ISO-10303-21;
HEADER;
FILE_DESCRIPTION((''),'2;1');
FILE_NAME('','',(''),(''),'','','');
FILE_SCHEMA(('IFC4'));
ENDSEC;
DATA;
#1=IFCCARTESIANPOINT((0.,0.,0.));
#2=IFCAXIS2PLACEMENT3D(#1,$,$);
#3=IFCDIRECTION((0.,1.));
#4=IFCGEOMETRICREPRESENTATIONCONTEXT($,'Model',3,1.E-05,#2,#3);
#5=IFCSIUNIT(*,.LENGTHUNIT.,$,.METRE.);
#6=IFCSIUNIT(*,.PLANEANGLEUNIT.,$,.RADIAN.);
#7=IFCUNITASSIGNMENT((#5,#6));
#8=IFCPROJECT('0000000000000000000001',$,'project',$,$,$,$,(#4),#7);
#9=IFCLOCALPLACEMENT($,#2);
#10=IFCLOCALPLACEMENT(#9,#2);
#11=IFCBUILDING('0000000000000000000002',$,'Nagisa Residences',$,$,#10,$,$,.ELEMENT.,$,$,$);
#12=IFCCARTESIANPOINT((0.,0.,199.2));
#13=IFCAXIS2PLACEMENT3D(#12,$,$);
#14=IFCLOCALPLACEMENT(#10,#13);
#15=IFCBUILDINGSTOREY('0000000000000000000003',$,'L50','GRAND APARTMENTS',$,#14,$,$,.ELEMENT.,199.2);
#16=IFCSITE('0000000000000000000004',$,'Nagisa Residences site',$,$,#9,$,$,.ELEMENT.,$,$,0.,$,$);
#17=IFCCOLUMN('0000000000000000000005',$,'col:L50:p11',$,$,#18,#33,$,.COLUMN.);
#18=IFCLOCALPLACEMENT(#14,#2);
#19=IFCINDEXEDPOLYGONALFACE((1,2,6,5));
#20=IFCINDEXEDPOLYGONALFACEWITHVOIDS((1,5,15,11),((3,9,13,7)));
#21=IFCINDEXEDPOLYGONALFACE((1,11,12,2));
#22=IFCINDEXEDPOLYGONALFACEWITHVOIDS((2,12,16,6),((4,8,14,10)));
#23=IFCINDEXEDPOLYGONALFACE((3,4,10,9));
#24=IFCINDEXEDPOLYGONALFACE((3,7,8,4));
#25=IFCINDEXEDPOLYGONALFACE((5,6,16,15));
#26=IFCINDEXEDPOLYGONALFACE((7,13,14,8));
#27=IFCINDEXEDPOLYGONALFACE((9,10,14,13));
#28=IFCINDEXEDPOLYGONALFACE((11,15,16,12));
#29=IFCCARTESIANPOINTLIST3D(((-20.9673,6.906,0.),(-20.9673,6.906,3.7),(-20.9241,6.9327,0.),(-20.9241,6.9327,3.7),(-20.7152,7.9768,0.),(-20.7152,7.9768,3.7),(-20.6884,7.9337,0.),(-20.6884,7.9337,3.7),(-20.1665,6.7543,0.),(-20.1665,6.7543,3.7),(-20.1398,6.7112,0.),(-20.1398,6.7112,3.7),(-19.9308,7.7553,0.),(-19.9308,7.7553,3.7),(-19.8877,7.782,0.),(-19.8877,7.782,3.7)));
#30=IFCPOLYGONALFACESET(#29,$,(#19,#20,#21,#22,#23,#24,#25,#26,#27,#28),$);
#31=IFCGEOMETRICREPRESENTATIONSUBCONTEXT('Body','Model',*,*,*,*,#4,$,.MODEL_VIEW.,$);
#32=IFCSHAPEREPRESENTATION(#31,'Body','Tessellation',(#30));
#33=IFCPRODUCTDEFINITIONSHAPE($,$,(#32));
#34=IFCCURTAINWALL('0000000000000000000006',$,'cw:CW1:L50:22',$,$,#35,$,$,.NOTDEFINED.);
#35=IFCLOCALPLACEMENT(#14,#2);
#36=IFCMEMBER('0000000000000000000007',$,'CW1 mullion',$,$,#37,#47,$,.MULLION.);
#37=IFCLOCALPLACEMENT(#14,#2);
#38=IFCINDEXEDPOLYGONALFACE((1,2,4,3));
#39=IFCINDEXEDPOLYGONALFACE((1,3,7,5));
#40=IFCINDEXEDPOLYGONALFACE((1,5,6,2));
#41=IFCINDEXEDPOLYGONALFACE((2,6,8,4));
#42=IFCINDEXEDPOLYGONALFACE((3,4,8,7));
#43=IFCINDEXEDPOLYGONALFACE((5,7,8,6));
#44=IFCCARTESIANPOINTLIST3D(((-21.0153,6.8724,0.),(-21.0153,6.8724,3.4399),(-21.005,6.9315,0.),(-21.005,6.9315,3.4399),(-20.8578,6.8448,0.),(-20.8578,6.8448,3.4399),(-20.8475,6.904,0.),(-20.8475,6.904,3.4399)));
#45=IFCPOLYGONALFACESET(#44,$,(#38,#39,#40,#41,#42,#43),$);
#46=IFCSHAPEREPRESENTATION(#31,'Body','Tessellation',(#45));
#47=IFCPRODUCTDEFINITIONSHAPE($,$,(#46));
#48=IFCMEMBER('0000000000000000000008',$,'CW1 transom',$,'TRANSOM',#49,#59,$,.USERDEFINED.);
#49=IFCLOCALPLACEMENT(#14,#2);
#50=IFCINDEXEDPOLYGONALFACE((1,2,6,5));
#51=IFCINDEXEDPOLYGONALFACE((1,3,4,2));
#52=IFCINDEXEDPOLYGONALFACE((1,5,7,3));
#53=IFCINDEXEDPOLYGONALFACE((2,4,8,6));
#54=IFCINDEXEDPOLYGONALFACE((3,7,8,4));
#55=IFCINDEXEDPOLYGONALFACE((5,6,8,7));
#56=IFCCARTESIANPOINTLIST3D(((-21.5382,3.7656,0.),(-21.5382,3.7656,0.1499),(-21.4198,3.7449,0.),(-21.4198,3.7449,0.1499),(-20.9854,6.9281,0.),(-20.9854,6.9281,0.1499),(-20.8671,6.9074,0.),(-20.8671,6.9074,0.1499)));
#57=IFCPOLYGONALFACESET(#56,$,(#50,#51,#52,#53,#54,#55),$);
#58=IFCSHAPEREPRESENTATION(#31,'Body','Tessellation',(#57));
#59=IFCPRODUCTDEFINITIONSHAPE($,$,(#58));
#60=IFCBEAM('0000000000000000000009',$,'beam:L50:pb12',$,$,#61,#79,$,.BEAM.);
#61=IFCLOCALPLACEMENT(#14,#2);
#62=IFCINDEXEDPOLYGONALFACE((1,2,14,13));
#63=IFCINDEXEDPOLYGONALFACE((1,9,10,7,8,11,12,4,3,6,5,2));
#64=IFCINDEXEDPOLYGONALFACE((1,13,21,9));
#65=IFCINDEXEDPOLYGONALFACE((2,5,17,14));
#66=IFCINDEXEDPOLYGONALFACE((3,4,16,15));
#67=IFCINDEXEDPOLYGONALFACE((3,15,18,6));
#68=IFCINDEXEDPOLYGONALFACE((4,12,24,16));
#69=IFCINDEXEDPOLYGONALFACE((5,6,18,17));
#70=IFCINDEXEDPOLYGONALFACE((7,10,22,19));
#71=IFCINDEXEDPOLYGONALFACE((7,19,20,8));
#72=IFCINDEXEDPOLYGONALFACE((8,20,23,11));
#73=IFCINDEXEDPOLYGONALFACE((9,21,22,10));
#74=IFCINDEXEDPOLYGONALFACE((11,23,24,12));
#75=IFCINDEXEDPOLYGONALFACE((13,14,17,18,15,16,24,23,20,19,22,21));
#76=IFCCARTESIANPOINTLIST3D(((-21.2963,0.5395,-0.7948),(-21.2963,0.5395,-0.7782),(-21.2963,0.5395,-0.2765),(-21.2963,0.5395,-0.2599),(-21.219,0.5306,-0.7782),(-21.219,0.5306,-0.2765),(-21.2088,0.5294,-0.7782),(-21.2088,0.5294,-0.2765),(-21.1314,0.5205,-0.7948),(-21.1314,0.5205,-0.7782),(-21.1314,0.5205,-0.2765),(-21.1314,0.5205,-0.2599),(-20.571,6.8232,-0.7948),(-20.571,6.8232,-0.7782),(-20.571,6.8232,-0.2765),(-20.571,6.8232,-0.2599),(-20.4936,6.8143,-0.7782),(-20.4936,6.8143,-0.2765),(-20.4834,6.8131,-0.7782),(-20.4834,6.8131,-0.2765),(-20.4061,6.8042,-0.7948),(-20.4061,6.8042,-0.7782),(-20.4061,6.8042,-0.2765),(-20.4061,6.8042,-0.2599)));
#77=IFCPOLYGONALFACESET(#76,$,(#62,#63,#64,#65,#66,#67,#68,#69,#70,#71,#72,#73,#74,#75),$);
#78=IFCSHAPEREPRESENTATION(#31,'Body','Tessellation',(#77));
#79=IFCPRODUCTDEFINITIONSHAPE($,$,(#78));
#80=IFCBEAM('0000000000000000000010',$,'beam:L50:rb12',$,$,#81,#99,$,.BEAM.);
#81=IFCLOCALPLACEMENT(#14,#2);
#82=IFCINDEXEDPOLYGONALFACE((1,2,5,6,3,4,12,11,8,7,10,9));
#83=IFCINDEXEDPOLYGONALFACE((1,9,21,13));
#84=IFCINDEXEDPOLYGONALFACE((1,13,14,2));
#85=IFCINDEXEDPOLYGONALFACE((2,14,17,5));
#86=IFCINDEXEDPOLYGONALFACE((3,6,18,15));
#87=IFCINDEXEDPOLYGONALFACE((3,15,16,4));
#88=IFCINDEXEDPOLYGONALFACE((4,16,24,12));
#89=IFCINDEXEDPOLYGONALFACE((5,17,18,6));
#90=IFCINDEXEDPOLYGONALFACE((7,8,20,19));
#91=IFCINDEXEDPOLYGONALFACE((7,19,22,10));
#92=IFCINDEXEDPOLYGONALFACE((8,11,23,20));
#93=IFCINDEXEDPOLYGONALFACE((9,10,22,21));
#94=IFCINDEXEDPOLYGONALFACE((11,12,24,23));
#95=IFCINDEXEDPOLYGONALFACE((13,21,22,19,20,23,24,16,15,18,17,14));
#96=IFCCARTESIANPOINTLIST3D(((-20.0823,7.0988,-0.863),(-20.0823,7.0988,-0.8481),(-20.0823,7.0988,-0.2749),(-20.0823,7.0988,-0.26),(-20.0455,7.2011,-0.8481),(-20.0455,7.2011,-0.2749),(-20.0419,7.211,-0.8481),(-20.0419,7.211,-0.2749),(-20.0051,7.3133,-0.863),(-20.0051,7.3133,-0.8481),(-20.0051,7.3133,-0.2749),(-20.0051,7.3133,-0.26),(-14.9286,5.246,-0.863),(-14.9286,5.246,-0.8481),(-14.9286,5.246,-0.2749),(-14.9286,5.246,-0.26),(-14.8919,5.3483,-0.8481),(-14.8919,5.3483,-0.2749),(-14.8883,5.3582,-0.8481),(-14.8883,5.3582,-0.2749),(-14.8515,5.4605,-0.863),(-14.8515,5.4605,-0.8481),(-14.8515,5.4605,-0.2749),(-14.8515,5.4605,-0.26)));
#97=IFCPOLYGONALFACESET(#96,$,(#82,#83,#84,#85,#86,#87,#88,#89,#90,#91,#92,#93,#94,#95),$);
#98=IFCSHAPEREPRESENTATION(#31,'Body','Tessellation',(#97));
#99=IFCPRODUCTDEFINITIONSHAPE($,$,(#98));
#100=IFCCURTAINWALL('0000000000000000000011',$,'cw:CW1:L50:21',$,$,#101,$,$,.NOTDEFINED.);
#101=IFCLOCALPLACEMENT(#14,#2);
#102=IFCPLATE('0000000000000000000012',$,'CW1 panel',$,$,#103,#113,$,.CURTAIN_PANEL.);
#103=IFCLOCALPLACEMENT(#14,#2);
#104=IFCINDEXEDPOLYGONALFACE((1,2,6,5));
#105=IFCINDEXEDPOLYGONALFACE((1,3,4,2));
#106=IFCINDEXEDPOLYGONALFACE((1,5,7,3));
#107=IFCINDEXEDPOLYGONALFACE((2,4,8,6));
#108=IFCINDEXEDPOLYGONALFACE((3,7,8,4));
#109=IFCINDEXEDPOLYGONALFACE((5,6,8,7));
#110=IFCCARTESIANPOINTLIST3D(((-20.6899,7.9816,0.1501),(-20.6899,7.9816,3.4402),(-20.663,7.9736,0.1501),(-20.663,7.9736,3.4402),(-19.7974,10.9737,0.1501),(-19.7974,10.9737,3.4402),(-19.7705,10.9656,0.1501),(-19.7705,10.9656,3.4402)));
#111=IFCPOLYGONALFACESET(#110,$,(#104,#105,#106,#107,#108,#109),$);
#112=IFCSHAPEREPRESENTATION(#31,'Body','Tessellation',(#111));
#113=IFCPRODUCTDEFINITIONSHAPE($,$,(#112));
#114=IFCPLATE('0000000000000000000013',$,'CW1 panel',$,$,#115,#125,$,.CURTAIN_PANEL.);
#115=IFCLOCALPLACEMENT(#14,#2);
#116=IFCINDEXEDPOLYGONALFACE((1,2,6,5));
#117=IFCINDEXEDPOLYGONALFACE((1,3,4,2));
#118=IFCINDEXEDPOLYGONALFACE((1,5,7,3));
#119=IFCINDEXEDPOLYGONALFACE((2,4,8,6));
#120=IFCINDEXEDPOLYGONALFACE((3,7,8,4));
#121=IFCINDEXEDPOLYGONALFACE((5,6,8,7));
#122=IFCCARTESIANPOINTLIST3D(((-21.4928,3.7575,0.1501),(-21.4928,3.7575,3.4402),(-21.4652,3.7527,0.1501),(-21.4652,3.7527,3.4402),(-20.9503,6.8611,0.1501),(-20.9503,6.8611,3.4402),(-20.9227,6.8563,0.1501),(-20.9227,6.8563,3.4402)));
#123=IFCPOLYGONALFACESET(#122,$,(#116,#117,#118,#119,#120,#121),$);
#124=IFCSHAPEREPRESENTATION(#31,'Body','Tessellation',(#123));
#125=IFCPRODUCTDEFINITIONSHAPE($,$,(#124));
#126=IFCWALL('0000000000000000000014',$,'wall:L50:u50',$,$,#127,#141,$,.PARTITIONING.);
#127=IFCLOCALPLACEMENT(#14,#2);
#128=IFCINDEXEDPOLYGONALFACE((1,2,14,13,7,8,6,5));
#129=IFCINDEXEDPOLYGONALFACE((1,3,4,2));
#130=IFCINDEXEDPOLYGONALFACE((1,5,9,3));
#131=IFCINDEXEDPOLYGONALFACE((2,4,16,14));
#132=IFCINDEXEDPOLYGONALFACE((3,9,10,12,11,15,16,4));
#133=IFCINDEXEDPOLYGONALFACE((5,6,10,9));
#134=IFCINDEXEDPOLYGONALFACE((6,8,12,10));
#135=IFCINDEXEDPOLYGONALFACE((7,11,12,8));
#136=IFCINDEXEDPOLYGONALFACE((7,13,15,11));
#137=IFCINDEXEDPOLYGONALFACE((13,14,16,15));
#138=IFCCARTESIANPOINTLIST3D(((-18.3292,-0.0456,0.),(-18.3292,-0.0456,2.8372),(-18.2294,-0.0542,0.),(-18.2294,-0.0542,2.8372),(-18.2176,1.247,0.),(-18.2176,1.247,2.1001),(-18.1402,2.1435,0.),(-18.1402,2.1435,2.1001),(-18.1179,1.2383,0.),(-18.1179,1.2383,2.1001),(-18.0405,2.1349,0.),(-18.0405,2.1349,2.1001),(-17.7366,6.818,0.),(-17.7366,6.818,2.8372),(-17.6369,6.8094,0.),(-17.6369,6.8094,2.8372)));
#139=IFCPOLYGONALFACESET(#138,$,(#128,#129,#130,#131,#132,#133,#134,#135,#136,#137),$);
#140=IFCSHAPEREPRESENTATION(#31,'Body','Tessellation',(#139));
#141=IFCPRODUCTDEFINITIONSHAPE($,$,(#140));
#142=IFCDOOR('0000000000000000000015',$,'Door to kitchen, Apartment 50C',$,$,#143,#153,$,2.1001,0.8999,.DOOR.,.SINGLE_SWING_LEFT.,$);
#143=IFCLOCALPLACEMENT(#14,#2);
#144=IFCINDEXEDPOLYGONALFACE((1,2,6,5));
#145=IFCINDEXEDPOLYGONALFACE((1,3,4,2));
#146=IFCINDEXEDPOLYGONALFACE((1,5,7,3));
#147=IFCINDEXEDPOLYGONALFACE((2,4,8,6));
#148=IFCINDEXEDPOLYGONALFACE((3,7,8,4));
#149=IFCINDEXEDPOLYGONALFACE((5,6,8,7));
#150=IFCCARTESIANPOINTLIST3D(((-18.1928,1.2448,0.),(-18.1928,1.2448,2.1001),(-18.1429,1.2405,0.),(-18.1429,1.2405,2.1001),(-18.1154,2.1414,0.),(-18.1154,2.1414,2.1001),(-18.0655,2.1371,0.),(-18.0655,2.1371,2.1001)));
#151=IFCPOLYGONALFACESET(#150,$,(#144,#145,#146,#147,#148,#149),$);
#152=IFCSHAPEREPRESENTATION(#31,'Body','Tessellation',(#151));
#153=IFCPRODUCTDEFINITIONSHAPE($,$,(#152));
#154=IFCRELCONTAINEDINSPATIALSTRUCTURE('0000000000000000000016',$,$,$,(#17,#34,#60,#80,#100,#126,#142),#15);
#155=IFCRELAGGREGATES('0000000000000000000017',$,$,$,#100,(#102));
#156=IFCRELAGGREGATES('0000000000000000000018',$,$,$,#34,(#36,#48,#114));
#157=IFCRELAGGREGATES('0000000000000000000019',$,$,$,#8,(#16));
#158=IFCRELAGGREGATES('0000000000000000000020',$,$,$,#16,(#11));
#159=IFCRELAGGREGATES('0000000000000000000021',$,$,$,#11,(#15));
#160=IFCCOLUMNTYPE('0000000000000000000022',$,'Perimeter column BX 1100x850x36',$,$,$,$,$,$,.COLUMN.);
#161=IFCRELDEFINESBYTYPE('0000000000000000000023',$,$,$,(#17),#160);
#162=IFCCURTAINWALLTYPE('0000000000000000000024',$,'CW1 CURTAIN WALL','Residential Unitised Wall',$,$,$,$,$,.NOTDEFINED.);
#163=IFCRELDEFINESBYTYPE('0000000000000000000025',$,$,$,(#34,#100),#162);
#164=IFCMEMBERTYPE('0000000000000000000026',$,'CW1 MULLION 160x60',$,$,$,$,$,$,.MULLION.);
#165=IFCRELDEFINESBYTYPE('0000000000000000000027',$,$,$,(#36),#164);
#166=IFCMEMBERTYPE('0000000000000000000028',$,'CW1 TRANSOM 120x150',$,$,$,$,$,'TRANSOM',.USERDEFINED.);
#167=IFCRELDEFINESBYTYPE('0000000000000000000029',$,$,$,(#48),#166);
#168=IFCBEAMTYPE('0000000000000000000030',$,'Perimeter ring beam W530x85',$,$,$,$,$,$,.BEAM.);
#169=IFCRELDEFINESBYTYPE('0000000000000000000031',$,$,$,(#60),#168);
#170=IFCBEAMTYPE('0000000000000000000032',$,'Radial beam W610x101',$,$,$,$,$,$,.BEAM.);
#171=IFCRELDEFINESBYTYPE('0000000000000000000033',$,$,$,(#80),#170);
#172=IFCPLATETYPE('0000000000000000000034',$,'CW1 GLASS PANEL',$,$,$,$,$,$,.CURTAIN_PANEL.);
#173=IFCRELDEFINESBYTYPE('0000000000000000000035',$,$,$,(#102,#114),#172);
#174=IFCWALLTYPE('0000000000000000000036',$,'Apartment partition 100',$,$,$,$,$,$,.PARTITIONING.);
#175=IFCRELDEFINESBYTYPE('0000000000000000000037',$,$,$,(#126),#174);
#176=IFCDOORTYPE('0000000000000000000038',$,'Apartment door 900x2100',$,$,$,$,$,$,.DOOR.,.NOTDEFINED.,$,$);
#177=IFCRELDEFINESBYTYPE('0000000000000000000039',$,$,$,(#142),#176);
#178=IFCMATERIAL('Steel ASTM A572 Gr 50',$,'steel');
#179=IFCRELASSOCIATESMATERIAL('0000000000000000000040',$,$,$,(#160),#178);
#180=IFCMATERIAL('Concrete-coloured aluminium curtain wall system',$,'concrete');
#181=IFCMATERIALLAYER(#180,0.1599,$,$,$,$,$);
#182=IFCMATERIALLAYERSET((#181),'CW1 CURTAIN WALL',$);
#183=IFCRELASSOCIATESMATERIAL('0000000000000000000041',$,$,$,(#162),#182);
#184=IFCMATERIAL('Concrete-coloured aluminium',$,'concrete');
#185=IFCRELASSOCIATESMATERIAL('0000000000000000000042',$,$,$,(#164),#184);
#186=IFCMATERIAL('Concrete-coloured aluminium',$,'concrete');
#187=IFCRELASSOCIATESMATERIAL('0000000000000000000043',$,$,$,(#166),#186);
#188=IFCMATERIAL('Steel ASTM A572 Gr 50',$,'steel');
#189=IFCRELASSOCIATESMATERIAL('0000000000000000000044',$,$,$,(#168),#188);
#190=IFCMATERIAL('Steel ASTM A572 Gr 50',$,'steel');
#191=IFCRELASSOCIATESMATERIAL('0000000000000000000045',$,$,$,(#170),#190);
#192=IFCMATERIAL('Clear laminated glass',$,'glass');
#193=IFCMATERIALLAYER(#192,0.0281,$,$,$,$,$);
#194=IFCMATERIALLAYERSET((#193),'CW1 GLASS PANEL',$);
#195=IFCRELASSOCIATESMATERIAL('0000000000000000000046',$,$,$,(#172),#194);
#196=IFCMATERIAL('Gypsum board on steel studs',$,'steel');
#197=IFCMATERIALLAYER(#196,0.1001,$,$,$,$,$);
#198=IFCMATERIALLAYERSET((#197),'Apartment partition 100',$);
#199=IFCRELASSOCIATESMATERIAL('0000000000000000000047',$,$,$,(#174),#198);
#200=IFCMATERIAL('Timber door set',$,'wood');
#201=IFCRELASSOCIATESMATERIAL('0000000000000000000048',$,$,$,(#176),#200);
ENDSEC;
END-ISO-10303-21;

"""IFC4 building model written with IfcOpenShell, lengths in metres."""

from ifc_helpers import new_model, si_unit, direction, frame, frame_2d, origin, origin_2d, place, context, subcontext, project, spatial, rectangle, hollow_rectangle, i_section, extrude, material, layer, layer_set, material_profile, profile_set, type_object, element, fill, aggregate, save


model = new_model("IFC4")

# Units and contexts
model_context = context("Model", 3, precision=1e-05, world=origin(), true_north=direction((0.0, 1.0)))
body_context = subcontext(model_context, "Body", "Model", "MODEL_VIEW")
ifc_project = project(units=[si_unit("LENGTHUNIT", "METRE"), si_unit("PLANEANGLEUNIT", "RADIAN")], contexts=[model_context])

# Site, building, storey
site_placement = place(None, origin())
site = spatial("IfcSite", under=ifc_project, at=site_placement, Name="Nagisa Residences site", CompositionType="ELEMENT", RefElevation=0.0)
building_placement = place(site_placement, origin())
building = spatial("IfcBuilding", under=site, at=building_placement, Name="Nagisa Residences", CompositionType="ELEMENT")
storey_placement = place(building_placement, frame((0.0, 0.0, 199.2)))
storey = spatial("IfcBuildingStorey", under=building, at=storey_placement, Name="L50", Description="GRAND APARTMENTS", CompositionType="ELEMENT", Elevation=199.2)

# Column
ifc_material_1 = material(Name="Steel ASTM A572 Gr 50", Category="steel")
ifc_material_profile_1 = material_profile(ifc_material_1, hollow_rectangle(XDim=1.1001, YDim=0.8501, WallThickness=0.0359, at=origin_2d()), Name="BX 1100x850x36")
ifc_profile_set_1 = profile_set([ifc_material_profile_1], Name="Steel ASTM A572 Gr 50")
column_type = type_object("IfcColumnType", Name="Perimeter column BX 1100x850x36", PredefinedType="COLUMN", material=ifc_profile_set_1)
column_placement = place(storey_placement, frame((-20.4275, 7.344, 0.0), z_axis=(0.0, 0.0, 1.0), x_axis=(-0.229202, -0.973379, 0.0)))
element("IfcColumn", 1, at=column_placement, inside=storey, type_object=column_type, Name="col:L50:p11", PredefinedType="COLUMN", context=body_context, shape_type="SweptSolid", body=[
    extrude(hollow_rectangle(XDim=1.1001, YDim=0.8501, WallThickness=0.0359, at=origin_2d()), origin(), (0.0, 0.0, 1.0), 3.7),
])

# Curtain wall, members
ifc_material_2 = material(Name="Concrete-coloured aluminium curtain wall system", Category="concrete")
ifc_layer_1 = layer(ifc_material_2, 0.1599)
ifc_layer_set_1 = layer_set([ifc_layer_1], Name="CW1 CURTAIN WALL")
curtain_wall_type = type_object("IfcCurtainWallType", Name="CW1 CURTAIN WALL", Description="Residential Unitised Wall", PredefinedType="NOTDEFINED", material=ifc_layer_set_1)
curtain_wall_1_placement = place(storey_placement, origin())
curtain_wall_1 = element("IfcCurtainWall", 2, at=curtain_wall_1_placement, inside=storey, type_object=curtain_wall_type, Name="cw:CW1:L50:22", PredefinedType="NOTDEFINED")
ifc_material_3 = material(Name="Concrete-coloured aluminium", Category="concrete")
ifc_material_profile_2 = material_profile(ifc_material_3, rectangle(XDim=0.1599, YDim=0.0601, at=origin_2d()), Name="CW1 MULLION 160x60")
ifc_profile_set_2 = profile_set([ifc_material_profile_2], Name="Concrete-coloured aluminium")
member_type_1 = type_object("IfcMemberType", Name="CW1 MULLION 160x60", PredefinedType="MULLION", material=ifc_profile_set_2)
member_1_placement = place(storey_placement, frame((-20.9314, 6.8882, 0.0), z_axis=(0.0, 0.0, 1.0), x_axis=(0.985064, -0.172191, 0.0)))
member_1 = element("IfcMember", 3, at=member_1_placement, type_object=member_type_1, Name="CW1 mullion", PredefinedType="MULLION", context=body_context, shape_type="SweptSolid", body=[
    extrude(rectangle(XDim=0.1599, YDim=0.0601, at=origin_2d()), origin(), (0.0, 0.0, 1.0), 3.4399),
])
ifc_material_4 = material(Name="Concrete-coloured aluminium", Category="concrete")
ifc_material_profile_3 = material_profile(ifc_material_4, rectangle(XDim=0.1201, YDim=0.1499, at=origin_2d()), Name="CW1 TRANSOM 120x150")
ifc_profile_set_3 = profile_set([ifc_material_profile_3], Name="Concrete-coloured aluminium")
member_type_2 = type_object("IfcMemberType", Name="CW1 TRANSOM 120x150", ElementType="TRANSOM", PredefinedType="USERDEFINED", material=ifc_profile_set_3)
member_2_placement = place(storey_placement, frame((-20.9263, 6.9177, 0.075), z_axis=(-0.172163, -0.985069, 0.0), x_axis=(0.985069, -0.172163, 0.0)))
member_2 = element("IfcMember", 4, at=member_2_placement, type_object=member_type_2, Name="CW1 transom", ObjectType="TRANSOM", PredefinedType="USERDEFINED", context=body_context, shape_type="SweptSolid", body=[
    extrude(rectangle(XDim=0.1201, YDim=0.1499, at=origin_2d()), origin(), (0.0, 0.0, 1.0), 3.2104),
])

# Beams
ifc_material_5 = material(Name="Steel ASTM A572 Gr 50", Category="steel")
ifc_material_profile_4 = material_profile(ifc_material_5, i_section(OverallWidth=0.166, OverallDepth=0.5349, WebThickness=0.0103, FlangeThickness=0.0166, at=origin_2d()), Name="W530x85")
ifc_profile_set_4 = profile_set([ifc_material_profile_4], Name="Steel ASTM A572 Gr 50")
beam_type_1 = type_object("IfcBeamType", Name="Perimeter ring beam W530x85", PredefinedType="BEAM", material=ifc_profile_set_4)
beam_1_placement = place(storey_placement, frame((-20.4885, 6.8137, -0.5273), z_axis=(-0.114671, -0.993404, 0.0), x_axis=(0.993404, -0.114671, 0.0)))
element("IfcBeam", 5, at=beam_1_placement, inside=storey, type_object=beam_type_1, Name="beam:L50:pb12", PredefinedType="BEAM", context=body_context, shape_type="SweptSolid", body=[
    extrude(i_section(OverallWidth=0.166, OverallDepth=0.5349, WebThickness=0.0103, FlangeThickness=0.0166, at=origin_2d()), origin(), (0.0, 0.0, 1.0), 6.3254),
])
ifc_material_6 = material(Name="Steel ASTM A572 Gr 50", Category="steel")
ifc_material_profile_5 = material_profile(ifc_material_6, i_section(OverallWidth=0.228, OverallDepth=0.603, WebThickness=0.0105, FlangeThickness=0.0149, at=origin_2d()), Name="W610x101")
ifc_profile_set_5 = profile_set([ifc_material_profile_5], Name="Steel ASTM A572 Gr 50")
beam_type_2 = type_object("IfcBeamType", Name="Radial beam W610x101", PredefinedType="BEAM", material=ifc_profile_set_5)
beam_2_placement = place(storey_placement, frame((-20.0437, 7.2061, -0.5615), z_axis=(0.941033, -0.338315, 0.0), x_axis=(0.338315, 0.941033, 0.0)))
element("IfcBeam", 6, at=beam_2_placement, inside=storey, type_object=beam_type_2, Name="beam:L50:rb12", PredefinedType="BEAM", context=body_context, shape_type="SweptSolid", body=[
    extrude(i_section(OverallWidth=0.228, OverallDepth=0.603, WebThickness=0.0105, FlangeThickness=0.0149, at=origin_2d()), origin(), (0.0, 0.0, 1.0), 5.4766),
])

# Curtain wall, plate
curtain_wall_2_placement = place(storey_placement, origin())
curtain_wall_2 = element("IfcCurtainWall", 7, at=curtain_wall_2_placement, inside=storey, type_object=curtain_wall_type, Name="cw:CW1:L50:21", PredefinedType="NOTDEFINED")
ifc_material_7 = material(Name="Clear laminated glass", Category="glass")
ifc_layer_2 = layer(ifc_material_7, 0.0281)
ifc_layer_set_2 = layer_set([ifc_layer_2], Name="CW1 GLASS PANEL")
plate_type = type_object("IfcPlateType", Name="CW1 GLASS PANEL", PredefinedType="CURTAIN_PANEL", material=ifc_layer_set_2)
plate_1_placement = place(storey_placement, frame((-20.2302, 9.4736, 0.1501), z_axis=(0.0, 0.0, 1.0), x_axis=(-0.28586, -0.958271, 0.0)))
plate_1 = element("IfcPlate", 8, at=plate_1_placement, type_object=plate_type, Name="CW1 panel", PredefinedType="CURTAIN_PANEL", context=body_context, shape_type="SweptSolid", body=[
    extrude(rectangle(XDim=3.1223, YDim=0.0281, at=origin_2d()), origin(), (0.0, 0.0, 1.0), 3.29),
])
aggregate(curtain_wall_2, [plate_1])

# Plate
plate_2_placement = place(storey_placement, frame((-21.2078, 5.3069, 0.1501), z_axis=(0.0, 0.0, 1.0), x_axis=(-0.172191, -0.985064, 0.0)))
plate_2 = element("IfcPlate", 9, at=plate_2_placement, type_object=plate_type, Name="CW1 panel", PredefinedType="CURTAIN_PANEL", context=body_context, shape_type="SweptSolid", body=[
    extrude(rectangle(XDim=3.1506, YDim=0.0281, at=origin_2d()), origin(), (0.0, 0.0, 1.0), 3.29),
])
aggregate(curtain_wall_1, [member_1, member_2, plate_2])

# Wall, opening, door
ifc_material_8 = material(Name="Gypsum board on steel studs", Category="steel")
ifc_layer_3 = layer(ifc_material_8, 0.1001)
ifc_layer_set_3 = layer_set([ifc_layer_3], Name="Apartment partition 100")
wall_type_1 = type_object("IfcWallType", Name="Apartment partition 100", PredefinedType="PARTITIONING", material=ifc_layer_set_3)
wall_1_placement = place(storey_placement, frame((-17.6868, 6.8137, 0.0), z_axis=(0.0, 0.0, 1.0), x_axis=(-0.08601, -0.996294, 0.0)))
wall_1 = element("IfcWall", 10, at=wall_1_placement, inside=storey, type_object=wall_type_1, Name="wall:L50:u50", PredefinedType="PARTITIONING", context=body_context, shape_type="SweptSolid", body=[
    extrude(rectangle(XDim=6.8892, YDim=0.1001, at=frame_2d((3.4446, 0.0))), origin(), (0.0, 0.0, 1.0), 2.8372),
])
opening_1_placement = place(wall_1_placement, frame((4.6919, 0.0, 0.0)))
opening_1 = element("IfcOpeningElement", 11, at=opening_1_placement, cuts=wall_1, PredefinedType="OPENING", context=body_context, shape_type="SweptSolid", body=[
    extrude(rectangle(XDim=0.8999, YDim=2.1001, at=frame_2d((0.45, 1.05))), frame((0.0, 0.0601, 0.0), z_axis=(0.0, -1.0, 0.0), x_axis=(1.0, 0.0, 0.0)), (0.0, 0.0, 1.0), 0.1201),
])
ifc_material_9 = material(Name="Timber door set", Category="wood")
door_type_1 = type_object("IfcDoorType", Name="Apartment door 900x2100", OperationType="NOTDEFINED", PredefinedType="DOOR", material=ifc_material_9)
door_1_placement = place(opening_1_placement, origin())
door_1 = element("IfcDoor", 12, at=door_1_placement, inside=storey, type_object=door_type_1, Name="Door to kitchen, Apartment 50C", OperationType="SINGLE_SWING_LEFT", OverallHeight=2.1001, OverallWidth=0.8999, PredefinedType="DOOR", context=body_context, shape_type="SweptSolid", body=[
    extrude(rectangle(XDim=0.8999, YDim=2.1001, at=frame_2d((0.45, 1.05))), frame((0.0, 0.0249, 0.0), z_axis=(0.0, -1.0, 0.0), x_axis=(1.0, 0.0, 0.0)), (0.0, 0.0, 1.0), 0.05),
])
fill(opening_1, door_1)

save(model, "model.ifc")
